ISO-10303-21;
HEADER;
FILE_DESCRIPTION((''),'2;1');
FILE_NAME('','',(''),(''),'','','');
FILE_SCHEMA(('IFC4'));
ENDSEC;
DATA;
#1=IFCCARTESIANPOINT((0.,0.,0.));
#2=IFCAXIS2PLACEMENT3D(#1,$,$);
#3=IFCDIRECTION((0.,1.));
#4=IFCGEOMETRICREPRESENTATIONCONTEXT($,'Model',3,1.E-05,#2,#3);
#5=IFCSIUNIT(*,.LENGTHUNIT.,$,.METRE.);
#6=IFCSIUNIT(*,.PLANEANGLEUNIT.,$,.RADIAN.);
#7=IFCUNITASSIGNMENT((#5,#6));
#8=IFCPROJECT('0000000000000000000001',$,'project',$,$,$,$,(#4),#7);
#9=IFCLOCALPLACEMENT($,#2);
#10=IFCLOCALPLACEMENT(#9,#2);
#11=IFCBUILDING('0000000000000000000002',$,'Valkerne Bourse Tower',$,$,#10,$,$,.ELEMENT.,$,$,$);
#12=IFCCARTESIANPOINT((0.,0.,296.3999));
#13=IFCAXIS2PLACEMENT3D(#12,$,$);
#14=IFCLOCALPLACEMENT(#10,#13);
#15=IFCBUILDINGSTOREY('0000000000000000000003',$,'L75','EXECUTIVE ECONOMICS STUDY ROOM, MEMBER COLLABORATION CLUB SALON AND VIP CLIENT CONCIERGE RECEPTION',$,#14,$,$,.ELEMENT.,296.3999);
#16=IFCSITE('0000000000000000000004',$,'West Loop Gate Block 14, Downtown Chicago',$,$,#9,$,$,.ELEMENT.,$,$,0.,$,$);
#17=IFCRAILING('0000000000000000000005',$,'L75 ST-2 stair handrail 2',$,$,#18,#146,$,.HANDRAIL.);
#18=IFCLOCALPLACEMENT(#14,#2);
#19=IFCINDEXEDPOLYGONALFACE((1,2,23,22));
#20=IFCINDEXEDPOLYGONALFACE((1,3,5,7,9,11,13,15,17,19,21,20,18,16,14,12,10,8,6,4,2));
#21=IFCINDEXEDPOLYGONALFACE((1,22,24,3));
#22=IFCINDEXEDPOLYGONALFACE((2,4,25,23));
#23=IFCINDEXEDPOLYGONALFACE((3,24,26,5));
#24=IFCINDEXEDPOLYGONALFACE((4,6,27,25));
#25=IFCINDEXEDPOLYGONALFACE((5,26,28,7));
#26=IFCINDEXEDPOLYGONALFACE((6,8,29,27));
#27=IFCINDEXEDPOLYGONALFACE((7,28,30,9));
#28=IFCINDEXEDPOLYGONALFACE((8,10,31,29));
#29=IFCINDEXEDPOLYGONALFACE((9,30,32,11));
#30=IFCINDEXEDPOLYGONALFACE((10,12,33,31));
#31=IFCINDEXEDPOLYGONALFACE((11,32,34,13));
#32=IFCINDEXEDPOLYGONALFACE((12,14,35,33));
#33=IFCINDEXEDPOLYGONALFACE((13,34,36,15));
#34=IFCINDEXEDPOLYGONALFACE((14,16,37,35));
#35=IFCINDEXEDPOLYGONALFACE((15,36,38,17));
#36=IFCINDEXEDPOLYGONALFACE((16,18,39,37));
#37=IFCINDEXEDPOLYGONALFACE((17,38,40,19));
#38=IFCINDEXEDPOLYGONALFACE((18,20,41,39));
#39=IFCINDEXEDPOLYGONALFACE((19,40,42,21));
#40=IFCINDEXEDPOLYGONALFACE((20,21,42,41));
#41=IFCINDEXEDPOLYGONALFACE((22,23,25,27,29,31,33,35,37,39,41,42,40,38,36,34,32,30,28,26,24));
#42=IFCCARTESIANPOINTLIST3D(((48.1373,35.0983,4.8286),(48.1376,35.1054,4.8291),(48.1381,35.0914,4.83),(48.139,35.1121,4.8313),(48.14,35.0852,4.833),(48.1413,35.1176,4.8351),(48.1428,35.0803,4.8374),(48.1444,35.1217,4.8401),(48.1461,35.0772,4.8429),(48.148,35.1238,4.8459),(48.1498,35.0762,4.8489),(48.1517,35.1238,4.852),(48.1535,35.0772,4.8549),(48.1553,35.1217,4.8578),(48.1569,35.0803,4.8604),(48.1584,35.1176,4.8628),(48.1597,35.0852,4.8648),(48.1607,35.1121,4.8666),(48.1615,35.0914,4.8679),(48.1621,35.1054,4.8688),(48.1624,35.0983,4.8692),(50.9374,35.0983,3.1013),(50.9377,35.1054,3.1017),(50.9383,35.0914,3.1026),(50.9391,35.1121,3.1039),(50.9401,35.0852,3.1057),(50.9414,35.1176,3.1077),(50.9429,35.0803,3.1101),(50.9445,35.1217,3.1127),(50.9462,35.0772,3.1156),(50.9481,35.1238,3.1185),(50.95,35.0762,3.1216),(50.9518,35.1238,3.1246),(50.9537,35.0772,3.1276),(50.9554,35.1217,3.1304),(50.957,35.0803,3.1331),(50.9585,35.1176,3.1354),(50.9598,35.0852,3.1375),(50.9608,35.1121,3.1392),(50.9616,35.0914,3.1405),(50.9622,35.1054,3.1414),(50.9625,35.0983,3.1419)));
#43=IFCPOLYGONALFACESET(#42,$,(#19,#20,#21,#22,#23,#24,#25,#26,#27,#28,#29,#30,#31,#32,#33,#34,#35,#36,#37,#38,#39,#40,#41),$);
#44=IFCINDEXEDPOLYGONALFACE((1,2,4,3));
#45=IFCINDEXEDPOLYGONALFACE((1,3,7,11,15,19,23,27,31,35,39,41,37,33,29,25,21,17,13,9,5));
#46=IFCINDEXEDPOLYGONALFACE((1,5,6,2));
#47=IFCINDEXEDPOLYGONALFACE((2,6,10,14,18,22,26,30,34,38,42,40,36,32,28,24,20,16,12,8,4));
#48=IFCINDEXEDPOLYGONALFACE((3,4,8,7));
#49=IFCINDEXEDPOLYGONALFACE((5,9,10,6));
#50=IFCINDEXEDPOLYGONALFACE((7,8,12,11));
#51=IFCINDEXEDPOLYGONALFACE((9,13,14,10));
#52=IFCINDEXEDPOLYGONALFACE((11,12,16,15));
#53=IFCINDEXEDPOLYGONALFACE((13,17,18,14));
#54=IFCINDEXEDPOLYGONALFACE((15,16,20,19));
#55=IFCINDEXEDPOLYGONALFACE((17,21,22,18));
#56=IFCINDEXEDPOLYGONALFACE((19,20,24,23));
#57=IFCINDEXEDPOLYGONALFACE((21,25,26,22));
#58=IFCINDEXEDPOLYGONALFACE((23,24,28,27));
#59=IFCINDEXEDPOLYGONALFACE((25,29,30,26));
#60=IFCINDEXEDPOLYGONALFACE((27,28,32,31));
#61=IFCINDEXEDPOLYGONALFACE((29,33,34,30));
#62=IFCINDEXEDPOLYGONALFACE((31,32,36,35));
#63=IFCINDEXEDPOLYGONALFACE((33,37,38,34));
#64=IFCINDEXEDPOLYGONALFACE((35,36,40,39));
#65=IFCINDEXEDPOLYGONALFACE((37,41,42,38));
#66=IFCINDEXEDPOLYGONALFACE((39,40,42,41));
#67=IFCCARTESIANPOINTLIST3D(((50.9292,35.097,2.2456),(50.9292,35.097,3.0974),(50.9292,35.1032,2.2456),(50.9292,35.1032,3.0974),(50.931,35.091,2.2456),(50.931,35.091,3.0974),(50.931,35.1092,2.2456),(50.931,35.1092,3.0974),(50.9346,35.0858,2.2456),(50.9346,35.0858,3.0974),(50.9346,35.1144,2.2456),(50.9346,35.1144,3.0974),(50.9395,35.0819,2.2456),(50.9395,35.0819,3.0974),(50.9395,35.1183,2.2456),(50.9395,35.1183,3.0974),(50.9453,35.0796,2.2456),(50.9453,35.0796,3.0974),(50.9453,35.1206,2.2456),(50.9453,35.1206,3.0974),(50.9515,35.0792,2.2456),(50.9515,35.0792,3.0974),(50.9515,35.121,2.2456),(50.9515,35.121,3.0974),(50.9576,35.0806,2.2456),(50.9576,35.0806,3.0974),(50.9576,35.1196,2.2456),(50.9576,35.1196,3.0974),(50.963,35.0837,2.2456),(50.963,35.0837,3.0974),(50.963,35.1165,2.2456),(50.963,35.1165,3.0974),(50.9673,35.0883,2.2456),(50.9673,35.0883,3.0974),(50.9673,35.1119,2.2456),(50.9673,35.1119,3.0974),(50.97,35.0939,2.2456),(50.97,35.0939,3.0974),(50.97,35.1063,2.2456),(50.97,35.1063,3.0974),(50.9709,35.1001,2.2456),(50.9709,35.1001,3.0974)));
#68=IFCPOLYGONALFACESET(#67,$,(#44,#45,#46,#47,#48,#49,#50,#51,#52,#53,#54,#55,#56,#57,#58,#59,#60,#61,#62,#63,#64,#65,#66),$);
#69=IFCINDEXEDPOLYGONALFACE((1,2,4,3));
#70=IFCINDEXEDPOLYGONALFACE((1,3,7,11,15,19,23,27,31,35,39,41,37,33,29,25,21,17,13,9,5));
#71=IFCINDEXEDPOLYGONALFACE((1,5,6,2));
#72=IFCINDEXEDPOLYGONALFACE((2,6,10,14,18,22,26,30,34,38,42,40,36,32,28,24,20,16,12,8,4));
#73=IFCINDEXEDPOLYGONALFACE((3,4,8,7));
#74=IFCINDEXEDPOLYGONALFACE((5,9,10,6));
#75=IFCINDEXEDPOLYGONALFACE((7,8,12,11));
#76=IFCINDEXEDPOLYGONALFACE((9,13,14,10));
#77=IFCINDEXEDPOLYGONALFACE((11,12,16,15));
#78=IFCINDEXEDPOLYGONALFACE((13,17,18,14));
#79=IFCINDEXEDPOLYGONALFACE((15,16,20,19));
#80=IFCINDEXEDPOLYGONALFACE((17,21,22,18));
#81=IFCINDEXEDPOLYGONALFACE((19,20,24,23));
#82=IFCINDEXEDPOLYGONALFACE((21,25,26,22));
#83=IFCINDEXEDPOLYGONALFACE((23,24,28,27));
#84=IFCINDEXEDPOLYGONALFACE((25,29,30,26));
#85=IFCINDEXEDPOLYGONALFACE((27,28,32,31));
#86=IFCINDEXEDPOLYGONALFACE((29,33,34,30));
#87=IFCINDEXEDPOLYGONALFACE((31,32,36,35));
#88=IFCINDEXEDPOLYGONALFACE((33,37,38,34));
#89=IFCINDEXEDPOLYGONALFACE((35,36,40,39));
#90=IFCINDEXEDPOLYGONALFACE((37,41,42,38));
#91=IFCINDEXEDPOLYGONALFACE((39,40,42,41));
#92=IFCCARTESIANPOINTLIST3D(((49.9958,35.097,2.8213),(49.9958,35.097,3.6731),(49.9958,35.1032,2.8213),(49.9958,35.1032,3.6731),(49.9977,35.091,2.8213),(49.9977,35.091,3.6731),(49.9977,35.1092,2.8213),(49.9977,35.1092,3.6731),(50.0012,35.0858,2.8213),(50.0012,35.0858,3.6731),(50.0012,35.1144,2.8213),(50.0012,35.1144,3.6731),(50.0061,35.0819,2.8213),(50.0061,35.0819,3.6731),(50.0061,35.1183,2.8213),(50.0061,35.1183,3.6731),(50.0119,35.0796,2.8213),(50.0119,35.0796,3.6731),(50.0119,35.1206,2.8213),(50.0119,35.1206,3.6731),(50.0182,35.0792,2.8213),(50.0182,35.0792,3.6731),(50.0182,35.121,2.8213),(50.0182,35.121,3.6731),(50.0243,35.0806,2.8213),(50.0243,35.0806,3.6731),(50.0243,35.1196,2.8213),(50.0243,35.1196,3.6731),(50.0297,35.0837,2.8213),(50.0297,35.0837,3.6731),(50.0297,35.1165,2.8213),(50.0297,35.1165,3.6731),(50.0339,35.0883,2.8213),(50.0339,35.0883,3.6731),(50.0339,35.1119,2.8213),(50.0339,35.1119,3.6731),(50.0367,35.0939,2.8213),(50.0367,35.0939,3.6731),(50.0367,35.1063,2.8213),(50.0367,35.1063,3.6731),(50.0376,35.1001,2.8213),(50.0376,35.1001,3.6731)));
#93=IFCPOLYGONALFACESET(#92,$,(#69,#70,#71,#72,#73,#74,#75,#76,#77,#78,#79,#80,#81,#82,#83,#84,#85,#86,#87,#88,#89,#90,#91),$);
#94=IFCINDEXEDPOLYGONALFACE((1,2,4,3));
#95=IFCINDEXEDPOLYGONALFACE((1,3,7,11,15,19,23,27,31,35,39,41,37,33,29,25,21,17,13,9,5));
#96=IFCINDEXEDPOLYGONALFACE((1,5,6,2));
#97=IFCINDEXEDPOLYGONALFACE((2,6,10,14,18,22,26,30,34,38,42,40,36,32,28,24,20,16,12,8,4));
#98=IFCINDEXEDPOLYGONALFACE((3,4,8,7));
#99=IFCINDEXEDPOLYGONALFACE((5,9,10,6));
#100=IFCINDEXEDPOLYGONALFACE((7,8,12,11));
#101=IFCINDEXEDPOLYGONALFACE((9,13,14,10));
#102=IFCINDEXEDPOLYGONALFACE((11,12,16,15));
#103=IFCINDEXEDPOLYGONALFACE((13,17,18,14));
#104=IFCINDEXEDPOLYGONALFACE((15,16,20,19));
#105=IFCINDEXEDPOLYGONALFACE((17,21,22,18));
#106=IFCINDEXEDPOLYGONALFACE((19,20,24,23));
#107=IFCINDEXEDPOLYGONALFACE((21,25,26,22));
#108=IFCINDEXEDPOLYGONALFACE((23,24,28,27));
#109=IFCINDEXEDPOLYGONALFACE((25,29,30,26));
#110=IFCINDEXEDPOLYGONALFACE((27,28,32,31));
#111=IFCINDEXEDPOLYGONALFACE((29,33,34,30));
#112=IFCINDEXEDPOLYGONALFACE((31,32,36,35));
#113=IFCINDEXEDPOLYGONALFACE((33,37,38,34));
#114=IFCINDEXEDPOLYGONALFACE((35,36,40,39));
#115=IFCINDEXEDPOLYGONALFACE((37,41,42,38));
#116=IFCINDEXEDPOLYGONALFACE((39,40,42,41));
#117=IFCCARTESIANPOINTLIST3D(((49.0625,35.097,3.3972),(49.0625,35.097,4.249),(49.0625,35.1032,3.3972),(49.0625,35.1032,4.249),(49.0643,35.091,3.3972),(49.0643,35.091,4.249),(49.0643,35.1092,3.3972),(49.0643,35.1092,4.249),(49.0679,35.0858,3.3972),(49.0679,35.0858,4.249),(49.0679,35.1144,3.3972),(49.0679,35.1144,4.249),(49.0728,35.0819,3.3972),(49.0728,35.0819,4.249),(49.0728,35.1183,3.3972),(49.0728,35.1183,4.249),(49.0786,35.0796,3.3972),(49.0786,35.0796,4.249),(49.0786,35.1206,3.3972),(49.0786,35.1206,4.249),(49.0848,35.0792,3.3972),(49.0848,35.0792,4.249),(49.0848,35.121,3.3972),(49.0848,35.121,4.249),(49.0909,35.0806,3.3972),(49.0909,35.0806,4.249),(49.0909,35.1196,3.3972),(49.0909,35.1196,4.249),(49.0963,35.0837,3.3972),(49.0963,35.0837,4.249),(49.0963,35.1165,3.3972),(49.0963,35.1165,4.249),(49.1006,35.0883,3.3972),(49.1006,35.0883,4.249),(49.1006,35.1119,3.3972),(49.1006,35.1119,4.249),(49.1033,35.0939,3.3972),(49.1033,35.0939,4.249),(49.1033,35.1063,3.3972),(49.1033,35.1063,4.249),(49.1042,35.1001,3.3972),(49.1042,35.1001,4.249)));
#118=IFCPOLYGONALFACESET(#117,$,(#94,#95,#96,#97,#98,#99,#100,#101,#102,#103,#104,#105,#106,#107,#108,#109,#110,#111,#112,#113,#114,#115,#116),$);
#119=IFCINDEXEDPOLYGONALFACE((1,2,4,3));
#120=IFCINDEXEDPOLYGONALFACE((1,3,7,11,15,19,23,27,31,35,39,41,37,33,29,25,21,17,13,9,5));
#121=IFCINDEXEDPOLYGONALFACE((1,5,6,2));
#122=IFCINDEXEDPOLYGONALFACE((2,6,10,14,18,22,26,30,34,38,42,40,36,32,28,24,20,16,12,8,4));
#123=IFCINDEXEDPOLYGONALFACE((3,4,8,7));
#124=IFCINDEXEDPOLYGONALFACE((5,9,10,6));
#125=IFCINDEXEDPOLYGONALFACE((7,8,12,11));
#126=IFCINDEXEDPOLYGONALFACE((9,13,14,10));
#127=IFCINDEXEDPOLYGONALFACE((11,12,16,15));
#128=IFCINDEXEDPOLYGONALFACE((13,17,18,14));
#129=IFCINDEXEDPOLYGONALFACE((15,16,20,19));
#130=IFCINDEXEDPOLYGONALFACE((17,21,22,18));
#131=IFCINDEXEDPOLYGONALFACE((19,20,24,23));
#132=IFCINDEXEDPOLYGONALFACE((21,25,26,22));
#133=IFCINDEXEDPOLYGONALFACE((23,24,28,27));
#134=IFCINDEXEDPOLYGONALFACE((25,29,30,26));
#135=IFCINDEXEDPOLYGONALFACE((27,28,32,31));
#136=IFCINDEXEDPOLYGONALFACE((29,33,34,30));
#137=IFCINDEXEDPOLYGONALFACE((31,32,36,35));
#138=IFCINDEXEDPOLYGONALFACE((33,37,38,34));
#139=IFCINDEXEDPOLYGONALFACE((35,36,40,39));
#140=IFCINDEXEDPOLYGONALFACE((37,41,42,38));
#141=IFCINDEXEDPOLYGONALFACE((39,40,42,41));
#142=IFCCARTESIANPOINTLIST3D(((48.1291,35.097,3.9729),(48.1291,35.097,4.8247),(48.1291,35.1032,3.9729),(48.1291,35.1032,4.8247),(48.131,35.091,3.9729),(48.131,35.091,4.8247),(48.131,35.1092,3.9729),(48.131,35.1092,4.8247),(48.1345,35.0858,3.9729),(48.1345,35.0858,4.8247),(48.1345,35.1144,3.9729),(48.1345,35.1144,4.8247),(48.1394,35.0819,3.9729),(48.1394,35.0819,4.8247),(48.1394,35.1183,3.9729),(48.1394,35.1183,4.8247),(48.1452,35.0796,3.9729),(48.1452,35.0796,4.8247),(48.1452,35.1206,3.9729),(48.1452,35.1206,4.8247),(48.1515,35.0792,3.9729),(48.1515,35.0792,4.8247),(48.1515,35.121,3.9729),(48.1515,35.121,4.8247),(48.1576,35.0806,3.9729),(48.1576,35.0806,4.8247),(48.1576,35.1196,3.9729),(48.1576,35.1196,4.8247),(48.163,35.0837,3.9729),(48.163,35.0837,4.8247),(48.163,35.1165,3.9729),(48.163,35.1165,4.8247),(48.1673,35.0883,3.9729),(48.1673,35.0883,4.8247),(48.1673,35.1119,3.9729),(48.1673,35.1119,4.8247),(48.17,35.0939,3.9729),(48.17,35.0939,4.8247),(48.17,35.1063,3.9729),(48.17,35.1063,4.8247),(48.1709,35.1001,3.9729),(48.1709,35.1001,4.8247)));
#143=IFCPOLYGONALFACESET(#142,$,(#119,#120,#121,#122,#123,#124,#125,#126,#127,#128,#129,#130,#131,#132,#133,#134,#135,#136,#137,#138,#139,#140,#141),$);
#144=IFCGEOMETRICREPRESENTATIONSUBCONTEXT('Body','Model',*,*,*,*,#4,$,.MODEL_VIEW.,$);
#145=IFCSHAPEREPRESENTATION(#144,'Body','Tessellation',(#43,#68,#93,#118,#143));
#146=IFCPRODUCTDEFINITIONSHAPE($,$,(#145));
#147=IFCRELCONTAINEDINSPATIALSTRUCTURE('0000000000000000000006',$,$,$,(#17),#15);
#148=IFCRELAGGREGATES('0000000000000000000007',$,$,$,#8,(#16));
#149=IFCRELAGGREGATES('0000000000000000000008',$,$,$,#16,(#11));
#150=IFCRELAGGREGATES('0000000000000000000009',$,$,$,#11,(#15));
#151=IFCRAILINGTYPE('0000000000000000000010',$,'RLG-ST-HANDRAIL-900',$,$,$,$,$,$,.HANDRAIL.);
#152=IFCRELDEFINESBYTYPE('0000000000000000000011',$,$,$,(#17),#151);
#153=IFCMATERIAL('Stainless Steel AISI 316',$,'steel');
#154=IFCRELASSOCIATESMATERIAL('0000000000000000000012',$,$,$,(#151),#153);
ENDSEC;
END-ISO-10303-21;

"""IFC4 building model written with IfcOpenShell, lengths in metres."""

from ifc_helpers import new_model, si_unit, direction, frame, origin, origin_2d, place, context, subcontext, project, spatial, circle, extrude, material, type_object, element, save


model = new_model("IFC4")

# Units and contexts
model_context = context("Model", 3, precision=1e-05, world=origin(), true_north=direction((0.0, 1.0)))
body_context = subcontext(model_context, "Body", "Model", "MODEL_VIEW")
ifc_project = project(units=[si_unit("LENGTHUNIT", "METRE"), si_unit("PLANEANGLEUNIT", "RADIAN")], contexts=[model_context])

# Site, building, storey
site_placement = place(None, origin())
site = spatial("IfcSite", under=ifc_project, at=site_placement, Name="West Loop Gate Block 14, Downtown Chicago", CompositionType="ELEMENT", RefElevation=0.0)
building_placement = place(site_placement, origin())
building = spatial("IfcBuilding", under=site, at=building_placement, Name="Valkerne Bourse Tower", CompositionType="ELEMENT")
storey_placement = place(building_placement, frame((0.0, 0.0, 296.3999)))
storey = spatial("IfcBuildingStorey", under=building, at=storey_placement, Name="L75", Description="EXECUTIVE ECONOMICS STUDY ROOM, MEMBER COLLABORATION CLUB SALON AND VIP CLIENT CONCIERGE RECEPTION", CompositionType="ELEMENT", Elevation=296.3999)

# Railing
ifc_material_1 = material(Name="Stainless Steel AISI 316", Category="steel")
railing_type_1 = type_object("IfcRailingType", Name="RLG-ST-HANDRAIL-900", PredefinedType="HANDRAIL", material=ifc_material_1)
railing_1_placement = place(storey_placement, frame((50.95, 35.1001, 2.2456)))
element("IfcRailing", 1, at=railing_1_placement, inside=storey, type_object=railing_type_1, Name="L75 ST-2 stair handrail 2", PredefinedType="HANDRAIL", context=body_context, shape_type="SweptSolid", body=[
    extrude(circle(Radius=0.0239, at=origin_2d()), frame((0.0, 0.0, 0.876), z_axis=(-0.85109, 0.0, 0.52502), x_axis=(0.0, -1.0, 0.0)), (0.0, 0.0, 1.0), 3.29),
    extrude(circle(Radius=0.021, at=origin_2d()), origin(), (0.0, 0.0, 1.0), 0.8518),
    extrude(circle(Radius=0.021, at=origin_2d()), frame((-0.9333, 0.0, 0.5757)), (0.0, 0.0, 1.0), 0.8518),
    extrude(circle(Radius=0.021, at=origin_2d()), frame((-1.8667, 0.0, 1.1516)), (0.0, 0.0, 1.0), 0.8518),
    extrude(circle(Radius=0.021, at=origin_2d()), frame((-2.8, 0.0, 1.7273)), (0.0, 0.0, 1.0), 0.8518),
])

save(model, "model.ifc")
